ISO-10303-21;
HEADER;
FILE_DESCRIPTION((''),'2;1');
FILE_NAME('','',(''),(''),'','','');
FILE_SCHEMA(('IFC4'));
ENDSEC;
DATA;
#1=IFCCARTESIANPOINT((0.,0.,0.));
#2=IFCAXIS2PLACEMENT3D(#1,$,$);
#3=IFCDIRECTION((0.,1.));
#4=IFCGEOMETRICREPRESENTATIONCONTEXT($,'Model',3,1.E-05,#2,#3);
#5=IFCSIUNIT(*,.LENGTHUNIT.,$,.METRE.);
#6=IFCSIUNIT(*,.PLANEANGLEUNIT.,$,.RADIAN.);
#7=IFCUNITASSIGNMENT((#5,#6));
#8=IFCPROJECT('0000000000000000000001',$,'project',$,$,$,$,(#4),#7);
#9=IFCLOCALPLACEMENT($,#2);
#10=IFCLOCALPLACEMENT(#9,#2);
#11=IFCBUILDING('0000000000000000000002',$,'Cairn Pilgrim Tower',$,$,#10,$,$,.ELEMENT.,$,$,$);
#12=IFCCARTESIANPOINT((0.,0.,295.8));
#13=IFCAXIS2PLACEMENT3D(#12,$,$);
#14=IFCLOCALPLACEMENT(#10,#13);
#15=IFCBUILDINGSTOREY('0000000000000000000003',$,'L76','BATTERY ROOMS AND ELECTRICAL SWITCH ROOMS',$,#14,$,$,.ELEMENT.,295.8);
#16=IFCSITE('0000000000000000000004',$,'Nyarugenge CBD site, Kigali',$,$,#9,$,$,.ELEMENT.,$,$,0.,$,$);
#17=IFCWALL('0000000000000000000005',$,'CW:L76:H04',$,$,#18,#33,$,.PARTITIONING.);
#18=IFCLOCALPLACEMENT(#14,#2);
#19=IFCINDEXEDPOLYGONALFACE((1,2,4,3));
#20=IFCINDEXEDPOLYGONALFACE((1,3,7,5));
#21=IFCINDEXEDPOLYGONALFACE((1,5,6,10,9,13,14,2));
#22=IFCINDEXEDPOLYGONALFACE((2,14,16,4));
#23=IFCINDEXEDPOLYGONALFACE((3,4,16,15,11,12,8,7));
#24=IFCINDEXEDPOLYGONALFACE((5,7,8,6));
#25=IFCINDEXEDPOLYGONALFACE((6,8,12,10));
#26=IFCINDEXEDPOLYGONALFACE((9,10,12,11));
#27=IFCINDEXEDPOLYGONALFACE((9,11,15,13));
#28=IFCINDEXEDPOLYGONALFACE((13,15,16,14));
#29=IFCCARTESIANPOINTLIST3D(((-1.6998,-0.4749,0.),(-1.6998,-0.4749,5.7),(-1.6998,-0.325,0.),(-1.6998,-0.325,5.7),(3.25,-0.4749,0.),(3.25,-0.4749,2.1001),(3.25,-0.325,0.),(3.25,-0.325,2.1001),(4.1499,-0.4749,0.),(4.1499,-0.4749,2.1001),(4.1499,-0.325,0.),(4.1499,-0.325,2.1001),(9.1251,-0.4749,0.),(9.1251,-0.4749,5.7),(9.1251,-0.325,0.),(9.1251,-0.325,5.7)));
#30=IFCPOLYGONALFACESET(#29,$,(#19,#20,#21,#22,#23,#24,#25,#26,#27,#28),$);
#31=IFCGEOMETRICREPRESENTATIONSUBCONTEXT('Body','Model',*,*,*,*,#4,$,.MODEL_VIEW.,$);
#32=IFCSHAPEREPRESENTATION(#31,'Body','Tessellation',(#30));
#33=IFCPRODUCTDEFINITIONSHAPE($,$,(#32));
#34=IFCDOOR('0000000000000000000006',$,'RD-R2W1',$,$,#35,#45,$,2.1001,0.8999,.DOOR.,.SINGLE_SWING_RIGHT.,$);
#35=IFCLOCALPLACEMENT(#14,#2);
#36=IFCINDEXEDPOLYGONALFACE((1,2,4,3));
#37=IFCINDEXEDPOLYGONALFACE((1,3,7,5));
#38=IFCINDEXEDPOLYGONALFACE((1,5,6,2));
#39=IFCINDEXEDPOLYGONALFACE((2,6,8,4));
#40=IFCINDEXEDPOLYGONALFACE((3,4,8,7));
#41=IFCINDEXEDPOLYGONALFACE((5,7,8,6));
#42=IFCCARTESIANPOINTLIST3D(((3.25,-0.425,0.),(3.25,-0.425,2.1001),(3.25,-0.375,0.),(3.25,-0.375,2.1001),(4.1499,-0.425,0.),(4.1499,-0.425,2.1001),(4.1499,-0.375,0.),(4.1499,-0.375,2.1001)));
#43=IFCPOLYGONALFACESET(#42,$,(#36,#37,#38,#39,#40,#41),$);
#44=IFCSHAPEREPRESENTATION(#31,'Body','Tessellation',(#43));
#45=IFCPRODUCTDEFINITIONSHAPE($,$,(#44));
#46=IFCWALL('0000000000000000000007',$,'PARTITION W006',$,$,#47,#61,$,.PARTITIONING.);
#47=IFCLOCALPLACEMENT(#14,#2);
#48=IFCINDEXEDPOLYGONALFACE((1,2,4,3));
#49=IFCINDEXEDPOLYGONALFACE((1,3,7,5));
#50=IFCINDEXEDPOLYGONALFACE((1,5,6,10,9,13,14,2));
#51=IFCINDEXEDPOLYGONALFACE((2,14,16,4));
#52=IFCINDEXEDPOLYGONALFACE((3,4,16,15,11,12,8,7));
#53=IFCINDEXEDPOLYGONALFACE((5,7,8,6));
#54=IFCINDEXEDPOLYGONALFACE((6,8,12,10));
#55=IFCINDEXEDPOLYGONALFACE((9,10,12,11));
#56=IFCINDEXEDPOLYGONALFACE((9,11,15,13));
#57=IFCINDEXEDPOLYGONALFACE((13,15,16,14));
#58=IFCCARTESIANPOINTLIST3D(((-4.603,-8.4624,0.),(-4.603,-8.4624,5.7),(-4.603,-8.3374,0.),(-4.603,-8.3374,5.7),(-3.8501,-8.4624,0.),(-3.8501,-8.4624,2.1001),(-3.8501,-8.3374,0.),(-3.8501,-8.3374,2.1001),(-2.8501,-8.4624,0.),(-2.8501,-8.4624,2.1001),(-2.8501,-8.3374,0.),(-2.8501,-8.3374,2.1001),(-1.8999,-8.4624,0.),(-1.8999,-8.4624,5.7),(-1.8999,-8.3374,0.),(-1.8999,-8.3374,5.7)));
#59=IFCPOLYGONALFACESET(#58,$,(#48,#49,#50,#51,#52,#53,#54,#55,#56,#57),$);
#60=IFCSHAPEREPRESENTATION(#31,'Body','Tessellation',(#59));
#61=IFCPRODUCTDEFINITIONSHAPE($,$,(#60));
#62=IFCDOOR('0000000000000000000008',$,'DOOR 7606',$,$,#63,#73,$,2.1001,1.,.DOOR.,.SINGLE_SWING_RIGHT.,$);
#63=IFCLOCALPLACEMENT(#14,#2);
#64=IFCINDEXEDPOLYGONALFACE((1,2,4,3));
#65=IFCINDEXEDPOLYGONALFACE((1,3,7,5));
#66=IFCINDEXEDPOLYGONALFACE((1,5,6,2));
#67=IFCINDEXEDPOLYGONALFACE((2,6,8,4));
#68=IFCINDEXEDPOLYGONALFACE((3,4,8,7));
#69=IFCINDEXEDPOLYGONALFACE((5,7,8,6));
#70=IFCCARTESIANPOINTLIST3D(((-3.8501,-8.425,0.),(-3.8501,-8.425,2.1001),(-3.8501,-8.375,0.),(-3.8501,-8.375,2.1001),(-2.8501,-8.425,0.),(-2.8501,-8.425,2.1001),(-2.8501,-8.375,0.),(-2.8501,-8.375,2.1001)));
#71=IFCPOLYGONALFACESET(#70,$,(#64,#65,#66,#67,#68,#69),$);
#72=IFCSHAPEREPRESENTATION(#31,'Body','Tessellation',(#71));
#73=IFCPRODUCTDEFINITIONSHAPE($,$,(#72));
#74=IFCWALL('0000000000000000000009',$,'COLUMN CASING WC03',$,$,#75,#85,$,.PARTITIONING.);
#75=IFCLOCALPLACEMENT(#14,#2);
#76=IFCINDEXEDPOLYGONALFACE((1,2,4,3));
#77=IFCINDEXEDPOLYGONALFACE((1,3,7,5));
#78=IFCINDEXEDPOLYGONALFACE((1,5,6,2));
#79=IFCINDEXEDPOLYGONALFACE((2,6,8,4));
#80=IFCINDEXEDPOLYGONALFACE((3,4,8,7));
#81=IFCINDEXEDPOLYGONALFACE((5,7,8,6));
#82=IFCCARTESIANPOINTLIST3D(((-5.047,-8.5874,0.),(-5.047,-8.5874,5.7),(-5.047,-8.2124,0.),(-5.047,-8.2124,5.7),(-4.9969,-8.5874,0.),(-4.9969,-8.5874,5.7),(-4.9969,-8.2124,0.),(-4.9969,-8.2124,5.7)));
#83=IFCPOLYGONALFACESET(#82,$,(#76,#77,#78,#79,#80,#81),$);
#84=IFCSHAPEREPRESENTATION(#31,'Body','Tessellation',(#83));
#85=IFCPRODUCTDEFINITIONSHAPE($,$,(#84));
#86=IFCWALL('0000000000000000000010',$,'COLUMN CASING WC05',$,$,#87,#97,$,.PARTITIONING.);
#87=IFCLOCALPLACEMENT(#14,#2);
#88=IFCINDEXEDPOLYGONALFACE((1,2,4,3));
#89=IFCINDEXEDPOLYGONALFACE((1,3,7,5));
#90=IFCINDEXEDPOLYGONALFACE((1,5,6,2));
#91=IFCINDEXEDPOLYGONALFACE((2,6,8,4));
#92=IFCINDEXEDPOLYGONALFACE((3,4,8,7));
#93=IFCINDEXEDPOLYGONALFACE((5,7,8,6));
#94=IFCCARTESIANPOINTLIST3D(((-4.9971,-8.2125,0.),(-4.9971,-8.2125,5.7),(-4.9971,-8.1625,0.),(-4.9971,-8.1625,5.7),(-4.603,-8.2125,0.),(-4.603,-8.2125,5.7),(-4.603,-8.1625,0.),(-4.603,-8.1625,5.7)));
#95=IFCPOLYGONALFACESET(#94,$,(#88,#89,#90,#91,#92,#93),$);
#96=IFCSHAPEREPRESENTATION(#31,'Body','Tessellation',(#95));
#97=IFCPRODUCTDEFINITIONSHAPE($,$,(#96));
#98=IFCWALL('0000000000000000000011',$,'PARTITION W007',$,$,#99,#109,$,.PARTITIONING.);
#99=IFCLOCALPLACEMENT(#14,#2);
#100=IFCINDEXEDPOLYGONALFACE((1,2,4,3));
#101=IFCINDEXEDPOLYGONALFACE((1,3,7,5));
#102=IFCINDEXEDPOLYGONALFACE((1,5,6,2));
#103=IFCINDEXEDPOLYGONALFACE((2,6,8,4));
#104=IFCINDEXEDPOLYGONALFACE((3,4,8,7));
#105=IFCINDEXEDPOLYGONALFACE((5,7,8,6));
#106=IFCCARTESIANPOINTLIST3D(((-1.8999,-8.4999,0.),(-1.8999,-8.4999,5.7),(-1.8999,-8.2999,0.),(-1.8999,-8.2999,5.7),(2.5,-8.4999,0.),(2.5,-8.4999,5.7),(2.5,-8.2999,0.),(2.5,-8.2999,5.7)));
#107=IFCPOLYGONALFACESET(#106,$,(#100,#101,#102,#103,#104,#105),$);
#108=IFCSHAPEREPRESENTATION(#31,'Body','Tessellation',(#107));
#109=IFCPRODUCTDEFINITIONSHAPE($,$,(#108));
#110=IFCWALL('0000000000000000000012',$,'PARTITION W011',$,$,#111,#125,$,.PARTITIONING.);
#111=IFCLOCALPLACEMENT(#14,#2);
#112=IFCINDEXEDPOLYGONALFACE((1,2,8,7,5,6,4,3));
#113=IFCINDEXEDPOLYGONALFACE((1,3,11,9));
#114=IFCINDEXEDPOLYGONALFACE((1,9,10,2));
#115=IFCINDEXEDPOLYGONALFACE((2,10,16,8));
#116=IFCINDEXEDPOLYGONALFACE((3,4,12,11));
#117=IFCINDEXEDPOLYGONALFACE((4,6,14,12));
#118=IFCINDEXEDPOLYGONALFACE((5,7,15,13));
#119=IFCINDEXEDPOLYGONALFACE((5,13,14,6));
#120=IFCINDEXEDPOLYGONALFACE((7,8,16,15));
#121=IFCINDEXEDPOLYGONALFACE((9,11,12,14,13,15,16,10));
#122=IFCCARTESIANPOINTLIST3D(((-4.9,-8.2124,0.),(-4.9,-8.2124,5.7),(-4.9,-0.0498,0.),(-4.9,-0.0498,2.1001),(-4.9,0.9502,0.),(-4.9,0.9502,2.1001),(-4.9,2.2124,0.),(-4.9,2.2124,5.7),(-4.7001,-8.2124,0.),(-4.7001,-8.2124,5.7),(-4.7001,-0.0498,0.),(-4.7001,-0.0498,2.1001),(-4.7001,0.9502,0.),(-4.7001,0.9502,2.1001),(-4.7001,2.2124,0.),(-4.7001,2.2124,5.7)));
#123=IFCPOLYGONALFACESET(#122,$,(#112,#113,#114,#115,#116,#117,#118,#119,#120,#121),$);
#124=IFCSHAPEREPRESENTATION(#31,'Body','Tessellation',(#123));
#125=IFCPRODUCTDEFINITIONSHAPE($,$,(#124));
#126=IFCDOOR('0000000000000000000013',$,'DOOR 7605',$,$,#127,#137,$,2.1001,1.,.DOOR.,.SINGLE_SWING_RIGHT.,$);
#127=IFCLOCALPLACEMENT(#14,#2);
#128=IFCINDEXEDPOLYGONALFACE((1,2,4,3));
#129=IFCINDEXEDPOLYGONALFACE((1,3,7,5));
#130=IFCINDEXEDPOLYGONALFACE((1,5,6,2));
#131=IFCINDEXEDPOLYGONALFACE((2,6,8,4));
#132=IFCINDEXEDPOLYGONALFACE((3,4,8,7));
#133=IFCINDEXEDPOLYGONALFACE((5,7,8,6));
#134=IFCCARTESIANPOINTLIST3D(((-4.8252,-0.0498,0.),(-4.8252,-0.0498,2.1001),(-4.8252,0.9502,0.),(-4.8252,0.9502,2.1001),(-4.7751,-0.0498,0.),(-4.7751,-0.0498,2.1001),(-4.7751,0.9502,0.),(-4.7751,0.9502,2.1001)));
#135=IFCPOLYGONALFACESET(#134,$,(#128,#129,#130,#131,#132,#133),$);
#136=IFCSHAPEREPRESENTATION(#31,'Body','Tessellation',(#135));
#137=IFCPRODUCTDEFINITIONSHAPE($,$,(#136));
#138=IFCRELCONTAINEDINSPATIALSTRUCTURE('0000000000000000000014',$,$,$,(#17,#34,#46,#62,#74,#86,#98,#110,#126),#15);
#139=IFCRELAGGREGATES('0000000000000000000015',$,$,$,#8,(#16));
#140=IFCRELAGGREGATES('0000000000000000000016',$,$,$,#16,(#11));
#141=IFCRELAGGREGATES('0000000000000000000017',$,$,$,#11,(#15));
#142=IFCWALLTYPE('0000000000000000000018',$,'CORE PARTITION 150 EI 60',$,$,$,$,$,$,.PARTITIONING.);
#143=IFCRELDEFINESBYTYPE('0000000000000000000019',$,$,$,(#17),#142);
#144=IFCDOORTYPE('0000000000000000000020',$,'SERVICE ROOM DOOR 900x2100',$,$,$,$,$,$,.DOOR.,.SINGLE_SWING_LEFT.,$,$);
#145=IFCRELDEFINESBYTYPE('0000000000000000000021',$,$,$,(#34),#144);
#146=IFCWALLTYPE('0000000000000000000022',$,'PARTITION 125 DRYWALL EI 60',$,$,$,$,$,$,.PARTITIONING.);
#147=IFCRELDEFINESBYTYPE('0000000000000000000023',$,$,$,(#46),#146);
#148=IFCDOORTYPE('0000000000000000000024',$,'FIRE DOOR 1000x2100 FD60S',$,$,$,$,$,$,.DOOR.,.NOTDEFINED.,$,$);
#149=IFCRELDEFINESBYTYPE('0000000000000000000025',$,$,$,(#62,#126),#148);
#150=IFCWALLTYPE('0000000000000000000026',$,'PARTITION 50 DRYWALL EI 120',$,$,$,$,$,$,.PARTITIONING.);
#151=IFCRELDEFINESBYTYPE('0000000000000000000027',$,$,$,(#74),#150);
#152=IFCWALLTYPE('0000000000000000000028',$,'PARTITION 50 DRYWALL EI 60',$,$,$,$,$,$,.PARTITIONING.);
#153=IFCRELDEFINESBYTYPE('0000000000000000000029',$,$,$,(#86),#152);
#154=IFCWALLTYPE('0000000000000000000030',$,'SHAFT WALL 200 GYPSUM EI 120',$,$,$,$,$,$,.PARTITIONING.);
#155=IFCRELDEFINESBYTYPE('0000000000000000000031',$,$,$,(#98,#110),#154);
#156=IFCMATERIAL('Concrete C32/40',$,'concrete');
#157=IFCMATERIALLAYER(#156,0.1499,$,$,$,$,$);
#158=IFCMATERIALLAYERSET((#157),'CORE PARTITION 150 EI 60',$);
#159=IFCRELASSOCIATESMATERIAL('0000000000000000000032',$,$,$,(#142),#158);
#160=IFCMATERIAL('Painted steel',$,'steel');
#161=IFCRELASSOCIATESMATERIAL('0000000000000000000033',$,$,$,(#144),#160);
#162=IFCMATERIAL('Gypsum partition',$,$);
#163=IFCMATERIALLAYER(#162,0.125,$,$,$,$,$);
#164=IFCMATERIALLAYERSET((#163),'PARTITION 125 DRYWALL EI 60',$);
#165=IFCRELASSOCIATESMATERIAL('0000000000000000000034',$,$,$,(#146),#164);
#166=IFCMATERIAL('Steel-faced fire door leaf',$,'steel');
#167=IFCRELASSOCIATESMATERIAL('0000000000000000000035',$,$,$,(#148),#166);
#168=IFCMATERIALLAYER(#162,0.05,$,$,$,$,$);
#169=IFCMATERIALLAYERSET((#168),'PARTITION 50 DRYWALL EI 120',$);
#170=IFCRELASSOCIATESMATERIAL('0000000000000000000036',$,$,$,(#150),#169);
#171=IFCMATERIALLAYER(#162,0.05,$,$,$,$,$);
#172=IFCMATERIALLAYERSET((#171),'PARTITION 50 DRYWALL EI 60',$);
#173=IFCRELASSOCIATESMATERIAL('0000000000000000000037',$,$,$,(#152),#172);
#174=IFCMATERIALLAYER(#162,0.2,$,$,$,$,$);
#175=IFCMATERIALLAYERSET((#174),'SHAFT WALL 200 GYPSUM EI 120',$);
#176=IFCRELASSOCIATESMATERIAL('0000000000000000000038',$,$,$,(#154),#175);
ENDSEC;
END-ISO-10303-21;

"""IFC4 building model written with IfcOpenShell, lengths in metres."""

from ifc_helpers import new_model, si_unit, direction, frame, frame_2d, origin, place, context, subcontext, project, spatial, rectangle, extrude, material, layer, layer_set, type_object, element, fill, save


model = new_model("IFC4")

# Units and contexts
model_context = context("Model", 3, precision=1e-05, world=origin(), true_north=direction((0.0, 1.0)))
body_context = subcontext(model_context, "Body", "Model", "MODEL_VIEW")
ifc_project = project(units=[si_unit("LENGTHUNIT", "METRE"), si_unit("PLANEANGLEUNIT", "RADIAN")], contexts=[model_context])

# Site, building, storey
site_placement = place(None, origin())
site = spatial("IfcSite", under=ifc_project, at=site_placement, Name="Nyarugenge CBD site, Kigali", CompositionType="ELEMENT", RefElevation=0.0)
building_placement = place(site_placement, origin())
building = spatial("IfcBuilding", under=site, at=building_placement, Name="Cairn Pilgrim Tower", CompositionType="ELEMENT")
storey_placement = place(building_placement, frame((0.0, 0.0, 295.8)))
storey = spatial("IfcBuildingStorey", under=building, at=storey_placement, Name="L76", Description="BATTERY ROOMS AND ELECTRICAL SWITCH ROOMS", CompositionType="ELEMENT", Elevation=295.8)

# Shared definitions
ifc_material_1 = material(Name="Concrete C32/40", Category="concrete")

# Shared definitions
ifc_material_2 = material(Name="Painted steel", Category="steel")

# Walls, openings, doors
ifc_layer_1 = layer(ifc_material_1, 0.1499)
ifc_layer_set_1 = layer_set([ifc_layer_1], Name="CORE PARTITION 150 EI 60")
wall_type_1 = type_object("IfcWallType", Name="CORE PARTITION 150 EI 60", PredefinedType="PARTITIONING", material=ifc_layer_set_1)
door_type_1 = type_object("IfcDoorType", Name="SERVICE ROOM DOOR 900x2100", OperationType="SINGLE_SWING_LEFT", PredefinedType="DOOR", material=ifc_material_2)
wall_1_placement = place(storey_placement, frame((-1.7, -0.3999, 0.0), z_axis=(0.0, 0.0, 1.0), x_axis=(1.0, 0.0, 0.0)))
wall_1 = element("IfcWall", 1, at=wall_1_placement, inside=storey, type_object=wall_type_1, Name="CW:L76:H04", PredefinedType="PARTITIONING", context=body_context, shape_type="SweptSolid", body=[
    extrude(rectangle(XDim=10.825, YDim=0.1499, at=frame_2d((5.4126, 0.0))), origin(), (0.0, 0.0, 1.0), 5.7),
])
opening_1_placement = place(wall_1_placement, frame((4.95, 0.0, 0.0)))
opening_1 = element("IfcOpeningElement", 2, at=opening_1_placement, cuts=wall_1, PredefinedType="OPENING", context=body_context, shape_type="SweptSolid", body=[
    extrude(rectangle(XDim=0.8999, YDim=2.1001, at=frame_2d((0.45, 1.05))), frame((0.0, 0.085, 0.0), z_axis=(0.0, -1.0, 0.0), x_axis=(1.0, 0.0, 0.0)), (0.0, 0.0, 1.0), 0.1699),
])
door_1_placement = place(opening_1_placement, origin())
door_1 = element("IfcDoor", 3, at=door_1_placement, inside=storey, type_object=door_type_1, Name="RD-R2W1", OperationType="SINGLE_SWING_RIGHT", OverallHeight=2.1001, OverallWidth=0.8999, PredefinedType="DOOR", context=body_context, shape_type="SweptSolid", body=[
    extrude(rectangle(XDim=0.8999, YDim=2.1001, at=frame_2d((0.45, 1.05))), frame((0.0, 0.0249, 0.0), z_axis=(0.0, -1.0, 0.0), x_axis=(1.0, 0.0, 0.0)), (0.0, 0.0, 1.0), 0.05),
])
fill(opening_1, door_1)
ifc_material_3 = material(Name="Gypsum partition")
ifc_layer_2 = layer(ifc_material_3, 0.125)
ifc_layer_set_2 = layer_set([ifc_layer_2], Name="PARTITION 125 DRYWALL EI 60")
wall_type_2 = type_object("IfcWallType", Name="PARTITION 125 DRYWALL EI 60", PredefinedType="PARTITIONING", material=ifc_layer_set_2)
wall_2_placement = place(storey_placement, frame((-4.603, -8.3999, 0.0), z_axis=(0.0, 0.0, 1.0), x_axis=(1.0, 0.0, 0.0)))
wall_2 = element("IfcWall", 4, at=wall_2_placement, inside=storey, type_object=wall_type_2, Name="PARTITION W006", PredefinedType="PARTITIONING", context=body_context, shape_type="SweptSolid", body=[
    extrude(rectangle(XDim=2.7031, YDim=0.125, at=frame_2d((1.3516, 0.0))), origin(), (0.0, 0.0, 1.0), 5.7),
])
opening_2_placement = place(wall_2_placement, frame((0.7529, 0.0, 0.0)))
opening_2 = element("IfcOpeningElement", 5, at=opening_2_placement, cuts=wall_2, PredefinedType="OPENING", context=body_context, shape_type="SweptSolid", body=[
    extrude(rectangle(XDim=1.0, YDim=2.1001, at=frame_2d((0.5, 1.05))), frame((0.0, 0.0725, 0.0), z_axis=(0.0, -1.0, 0.0), x_axis=(1.0, 0.0, 0.0)), (0.0, 0.0, 1.0), 0.145),
])
ifc_material_4 = material(Name="Steel-faced fire door leaf", Category="steel")
door_type_2 = type_object("IfcDoorType", Name="FIRE DOOR 1000x2100 FD60S", OperationType="NOTDEFINED", PredefinedType="DOOR", material=ifc_material_4)
door_2_placement = place(opening_2_placement, origin())
door_2 = element("IfcDoor", 6, at=door_2_placement, inside=storey, type_object=door_type_2, Name="DOOR 7606", OperationType="SINGLE_SWING_RIGHT", OverallHeight=2.1001, OverallWidth=1.0, PredefinedType="DOOR", context=body_context, shape_type="SweptSolid", body=[
    extrude(rectangle(XDim=1.0, YDim=2.1001, at=frame_2d((0.5, 1.05))), frame((0.0, 0.0249, 0.0), z_axis=(0.0, -1.0, 0.0), x_axis=(1.0, 0.0, 0.0)), (0.0, 0.0, 1.0), 0.05),
])
fill(opening_2, door_2)

# Walls
ifc_layer_3 = layer(ifc_material_3, 0.05)
ifc_layer_set_3 = layer_set([ifc_layer_3], Name="PARTITION 50 DRYWALL EI 120")
wall_type_3 = type_object("IfcWallType", Name="PARTITION 50 DRYWALL EI 120", PredefinedType="PARTITIONING", material=ifc_layer_set_3)
wall_3_placement = place(storey_placement, frame((-5.022, -8.5874, 0.0), z_axis=(0.0, 0.0, 1.0), x_axis=(0.0, 1.0, 0.0)))
element("IfcWall", 7, at=wall_3_placement, inside=storey, type_object=wall_type_3, Name="COLUMN CASING WC03", PredefinedType="PARTITIONING", context=body_context, shape_type="SweptSolid", body=[
    extrude(rectangle(XDim=0.375, YDim=0.05, at=frame_2d((0.1875, 0.0))), origin(), (0.0, 0.0, 1.0), 5.7),
])
ifc_layer_4 = layer(ifc_material_3, 0.05)
ifc_layer_set_4 = layer_set([ifc_layer_4], Name="PARTITION 50 DRYWALL EI 60")
wall_type_4 = type_object("IfcWallType", Name="PARTITION 50 DRYWALL EI 60", PredefinedType="PARTITIONING", material=ifc_layer_set_4)
wall_4_placement = place(storey_placement, frame((-4.9971, -8.1875, 0.0), z_axis=(0.0, 0.0, 1.0), x_axis=(1.0, 0.0, 0.0)))
element("IfcWall", 8, at=wall_4_placement, inside=storey, type_object=wall_type_4, Name="COLUMN CASING WC05", PredefinedType="PARTITIONING", context=body_context, shape_type="SweptSolid", body=[
    extrude(rectangle(XDim=0.394, YDim=0.05, at=frame_2d((0.197, 0.0))), origin(), (0.0, 0.0, 1.0), 5.7),
])
ifc_layer_5 = layer(ifc_material_3, 0.2)
ifc_layer_set_5 = layer_set([ifc_layer_5], Name="SHAFT WALL 200 GYPSUM EI 120")
wall_type_5 = type_object("IfcWallType", Name="SHAFT WALL 200 GYPSUM EI 120", PredefinedType="PARTITIONING", material=ifc_layer_set_5)
wall_5_placement = place(storey_placement, frame((-1.8999, -8.3999, 0.0), z_axis=(0.0, 0.0, 1.0), x_axis=(1.0, 0.0, 0.0)))
element("IfcWall", 9, at=wall_5_placement, inside=storey, type_object=wall_type_5, Name="PARTITION W007", PredefinedType="PARTITIONING", context=body_context, shape_type="SweptSolid", body=[
    extrude(rectangle(XDim=4.3999, YDim=0.2, at=frame_2d((2.2, 0.0))), origin(), (0.0, 0.0, 1.0), 5.7),
])

# Wall, opening, door
wall_6_placement = place(storey_placement, frame((-4.8, -8.2124, 0.0), z_axis=(0.0, 0.0, 1.0), x_axis=(0.0, 1.0, 0.0)))
wall_6 = element("IfcWall", 10, at=wall_6_placement, inside=storey, type_object=wall_type_5, Name="PARTITION W011", PredefinedType="PARTITIONING", context=body_context, shape_type="SweptSolid", body=[
    extrude(rectangle(XDim=10.4248, YDim=0.2, at=frame_2d((5.2124, 0.0))), origin(), (0.0, 0.0, 1.0), 5.7),
])
opening_3_placement = place(wall_6_placement, frame((8.1626, 0.0, 0.0)))
opening_3 = element("IfcOpeningElement", 11, at=opening_3_placement, cuts=wall_6, PredefinedType="OPENING", context=body_context, shape_type="SweptSolid", body=[
    extrude(rectangle(XDim=1.0, YDim=2.1001, at=frame_2d((0.5, 1.05))), frame((0.0, 0.1099, 0.0), z_axis=(0.0, -1.0, 0.0), x_axis=(1.0, 0.0, 0.0)), (0.0, 0.0, 1.0), 0.22),
])
door_3_placement = place(opening_3_placement, frame((1.0, 0.0, 0.0), z_axis=(0.0, 0.0, 1.0), x_axis=(-1.0, 0.0, 0.0)))
door_3 = element("IfcDoor", 12, at=door_3_placement, inside=storey, type_object=door_type_2, Name="DOOR 7605", OperationType="SINGLE_SWING_RIGHT", OverallHeight=2.1001, OverallWidth=1.0, PredefinedType="DOOR", context=body_context, shape_type="SweptSolid", body=[
    extrude(rectangle(XDim=1.0, YDim=2.1001, at=frame_2d((0.5, 1.05))), frame((0.0, 0.0249, 0.0), z_axis=(0.0, -1.0, 0.0), x_axis=(1.0, 0.0, 0.0)), (0.0, 0.0, 1.0), 0.05),
])
fill(opening_3, door_3)

save(model, "model.ifc")
